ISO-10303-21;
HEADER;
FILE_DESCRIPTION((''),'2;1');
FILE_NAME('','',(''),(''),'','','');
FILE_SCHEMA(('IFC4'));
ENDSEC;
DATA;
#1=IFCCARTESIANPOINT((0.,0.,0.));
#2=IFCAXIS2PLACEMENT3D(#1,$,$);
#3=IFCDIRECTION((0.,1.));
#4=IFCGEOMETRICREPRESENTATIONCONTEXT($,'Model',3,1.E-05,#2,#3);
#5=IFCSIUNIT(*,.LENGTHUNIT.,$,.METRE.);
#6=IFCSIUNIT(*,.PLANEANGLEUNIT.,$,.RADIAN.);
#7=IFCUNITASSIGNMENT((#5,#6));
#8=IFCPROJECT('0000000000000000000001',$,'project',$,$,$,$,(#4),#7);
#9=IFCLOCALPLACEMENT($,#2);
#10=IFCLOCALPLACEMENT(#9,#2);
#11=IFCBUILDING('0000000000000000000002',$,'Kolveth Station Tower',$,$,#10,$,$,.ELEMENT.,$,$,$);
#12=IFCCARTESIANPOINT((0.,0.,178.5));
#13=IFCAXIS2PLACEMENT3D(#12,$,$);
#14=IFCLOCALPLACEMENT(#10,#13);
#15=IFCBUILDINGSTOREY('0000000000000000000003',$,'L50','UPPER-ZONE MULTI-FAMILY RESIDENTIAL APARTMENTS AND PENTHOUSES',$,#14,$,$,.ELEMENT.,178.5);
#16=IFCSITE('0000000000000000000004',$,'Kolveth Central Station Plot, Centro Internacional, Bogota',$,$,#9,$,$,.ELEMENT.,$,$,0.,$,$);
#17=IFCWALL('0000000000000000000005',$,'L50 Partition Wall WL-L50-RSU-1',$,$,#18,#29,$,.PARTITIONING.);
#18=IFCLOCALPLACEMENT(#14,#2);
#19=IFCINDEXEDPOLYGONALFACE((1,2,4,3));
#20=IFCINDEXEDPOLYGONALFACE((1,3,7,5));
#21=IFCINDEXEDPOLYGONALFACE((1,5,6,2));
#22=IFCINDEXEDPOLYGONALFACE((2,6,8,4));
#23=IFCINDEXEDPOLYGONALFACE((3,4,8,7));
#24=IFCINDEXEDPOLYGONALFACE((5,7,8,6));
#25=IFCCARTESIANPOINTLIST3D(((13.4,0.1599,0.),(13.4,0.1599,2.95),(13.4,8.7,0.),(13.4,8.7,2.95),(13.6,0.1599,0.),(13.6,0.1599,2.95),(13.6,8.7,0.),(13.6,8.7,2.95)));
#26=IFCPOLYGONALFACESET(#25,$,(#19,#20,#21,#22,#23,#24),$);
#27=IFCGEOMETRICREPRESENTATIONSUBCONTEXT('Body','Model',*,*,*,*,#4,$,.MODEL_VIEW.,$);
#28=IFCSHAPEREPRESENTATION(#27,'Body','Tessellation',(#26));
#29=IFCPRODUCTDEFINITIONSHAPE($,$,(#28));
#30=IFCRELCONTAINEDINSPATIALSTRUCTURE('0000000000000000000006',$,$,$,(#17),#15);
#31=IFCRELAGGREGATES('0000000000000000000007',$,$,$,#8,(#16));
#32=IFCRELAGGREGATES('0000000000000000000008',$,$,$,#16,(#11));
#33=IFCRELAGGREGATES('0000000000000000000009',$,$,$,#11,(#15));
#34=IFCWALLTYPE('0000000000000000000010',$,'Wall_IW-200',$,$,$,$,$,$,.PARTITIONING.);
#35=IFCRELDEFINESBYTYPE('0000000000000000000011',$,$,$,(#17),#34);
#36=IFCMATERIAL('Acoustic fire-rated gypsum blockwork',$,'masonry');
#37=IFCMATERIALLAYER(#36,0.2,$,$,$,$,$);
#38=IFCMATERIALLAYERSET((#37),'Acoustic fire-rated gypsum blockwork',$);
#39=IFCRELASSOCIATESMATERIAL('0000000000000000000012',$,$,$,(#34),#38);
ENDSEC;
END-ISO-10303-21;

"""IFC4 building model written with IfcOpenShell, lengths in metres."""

from ifc_helpers import new_model, si_unit, direction, frame, frame_2d, origin, place, context, subcontext, project, spatial, rectangle, extrude, material, layer, layer_set, type_object, element, save


model = new_model("IFC4")

# Units and contexts
model_context = context("Model", 3, precision=1e-05, world=origin(), true_north=direction((0.0, 1.0)))
body_context = subcontext(model_context, "Body", "Model", "MODEL_VIEW")
ifc_project = project(units=[si_unit("LENGTHUNIT", "METRE"), si_unit("PLANEANGLEUNIT", "RADIAN")], contexts=[model_context])

# Site, building, storey
site_placement = place(None, origin())
site = spatial("IfcSite", under=ifc_project, at=site_placement, Name="Kolveth Central Station Plot, Centro Internacional, Bogota", CompositionType="ELEMENT", RefElevation=0.0)
building_placement = place(site_placement, origin())
building = spatial("IfcBuilding", under=site, at=building_placement, Name="Kolveth Station Tower", CompositionType="ELEMENT")
storey_placement = place(building_placement, frame((0.0, 0.0, 178.5)))
storey = spatial("IfcBuildingStorey", under=building, at=storey_placement, Name="L50", Description="UPPER-ZONE MULTI-FAMILY RESIDENTIAL APARTMENTS AND PENTHOUSES", CompositionType="ELEMENT", Elevation=178.5)

# Wall
ifc_material_1 = material(Name="Acoustic fire-rated gypsum blockwork", Category="masonry")
ifc_layer_1 = layer(ifc_material_1, 0.2)
ifc_layer_set_1 = layer_set([ifc_layer_1], Name="Acoustic fire-rated gypsum blockwork")
wall_type_1 = type_object("IfcWallType", Name="Wall_IW-200", PredefinedType="PARTITIONING", material=ifc_layer_set_1)
wall_1_placement = place(storey_placement, frame((13.5, 0.1599, 0.0), z_axis=(0.0, 0.0, 1.0), x_axis=(0.0, 1.0, 0.0)))
element("IfcWall", 1, at=wall_1_placement, inside=storey, type_object=wall_type_1, Name="L50 Partition Wall WL-L50-RSU-1", PredefinedType="PARTITIONING", context=body_context, shape_type="SweptSolid", body=[
    extrude(rectangle(XDim=8.54, YDim=0.2, at=frame_2d((4.27, 0.0))), origin(), (0.0, 0.0, 1.0), 2.95),
])

save(model, "model.ifc")
